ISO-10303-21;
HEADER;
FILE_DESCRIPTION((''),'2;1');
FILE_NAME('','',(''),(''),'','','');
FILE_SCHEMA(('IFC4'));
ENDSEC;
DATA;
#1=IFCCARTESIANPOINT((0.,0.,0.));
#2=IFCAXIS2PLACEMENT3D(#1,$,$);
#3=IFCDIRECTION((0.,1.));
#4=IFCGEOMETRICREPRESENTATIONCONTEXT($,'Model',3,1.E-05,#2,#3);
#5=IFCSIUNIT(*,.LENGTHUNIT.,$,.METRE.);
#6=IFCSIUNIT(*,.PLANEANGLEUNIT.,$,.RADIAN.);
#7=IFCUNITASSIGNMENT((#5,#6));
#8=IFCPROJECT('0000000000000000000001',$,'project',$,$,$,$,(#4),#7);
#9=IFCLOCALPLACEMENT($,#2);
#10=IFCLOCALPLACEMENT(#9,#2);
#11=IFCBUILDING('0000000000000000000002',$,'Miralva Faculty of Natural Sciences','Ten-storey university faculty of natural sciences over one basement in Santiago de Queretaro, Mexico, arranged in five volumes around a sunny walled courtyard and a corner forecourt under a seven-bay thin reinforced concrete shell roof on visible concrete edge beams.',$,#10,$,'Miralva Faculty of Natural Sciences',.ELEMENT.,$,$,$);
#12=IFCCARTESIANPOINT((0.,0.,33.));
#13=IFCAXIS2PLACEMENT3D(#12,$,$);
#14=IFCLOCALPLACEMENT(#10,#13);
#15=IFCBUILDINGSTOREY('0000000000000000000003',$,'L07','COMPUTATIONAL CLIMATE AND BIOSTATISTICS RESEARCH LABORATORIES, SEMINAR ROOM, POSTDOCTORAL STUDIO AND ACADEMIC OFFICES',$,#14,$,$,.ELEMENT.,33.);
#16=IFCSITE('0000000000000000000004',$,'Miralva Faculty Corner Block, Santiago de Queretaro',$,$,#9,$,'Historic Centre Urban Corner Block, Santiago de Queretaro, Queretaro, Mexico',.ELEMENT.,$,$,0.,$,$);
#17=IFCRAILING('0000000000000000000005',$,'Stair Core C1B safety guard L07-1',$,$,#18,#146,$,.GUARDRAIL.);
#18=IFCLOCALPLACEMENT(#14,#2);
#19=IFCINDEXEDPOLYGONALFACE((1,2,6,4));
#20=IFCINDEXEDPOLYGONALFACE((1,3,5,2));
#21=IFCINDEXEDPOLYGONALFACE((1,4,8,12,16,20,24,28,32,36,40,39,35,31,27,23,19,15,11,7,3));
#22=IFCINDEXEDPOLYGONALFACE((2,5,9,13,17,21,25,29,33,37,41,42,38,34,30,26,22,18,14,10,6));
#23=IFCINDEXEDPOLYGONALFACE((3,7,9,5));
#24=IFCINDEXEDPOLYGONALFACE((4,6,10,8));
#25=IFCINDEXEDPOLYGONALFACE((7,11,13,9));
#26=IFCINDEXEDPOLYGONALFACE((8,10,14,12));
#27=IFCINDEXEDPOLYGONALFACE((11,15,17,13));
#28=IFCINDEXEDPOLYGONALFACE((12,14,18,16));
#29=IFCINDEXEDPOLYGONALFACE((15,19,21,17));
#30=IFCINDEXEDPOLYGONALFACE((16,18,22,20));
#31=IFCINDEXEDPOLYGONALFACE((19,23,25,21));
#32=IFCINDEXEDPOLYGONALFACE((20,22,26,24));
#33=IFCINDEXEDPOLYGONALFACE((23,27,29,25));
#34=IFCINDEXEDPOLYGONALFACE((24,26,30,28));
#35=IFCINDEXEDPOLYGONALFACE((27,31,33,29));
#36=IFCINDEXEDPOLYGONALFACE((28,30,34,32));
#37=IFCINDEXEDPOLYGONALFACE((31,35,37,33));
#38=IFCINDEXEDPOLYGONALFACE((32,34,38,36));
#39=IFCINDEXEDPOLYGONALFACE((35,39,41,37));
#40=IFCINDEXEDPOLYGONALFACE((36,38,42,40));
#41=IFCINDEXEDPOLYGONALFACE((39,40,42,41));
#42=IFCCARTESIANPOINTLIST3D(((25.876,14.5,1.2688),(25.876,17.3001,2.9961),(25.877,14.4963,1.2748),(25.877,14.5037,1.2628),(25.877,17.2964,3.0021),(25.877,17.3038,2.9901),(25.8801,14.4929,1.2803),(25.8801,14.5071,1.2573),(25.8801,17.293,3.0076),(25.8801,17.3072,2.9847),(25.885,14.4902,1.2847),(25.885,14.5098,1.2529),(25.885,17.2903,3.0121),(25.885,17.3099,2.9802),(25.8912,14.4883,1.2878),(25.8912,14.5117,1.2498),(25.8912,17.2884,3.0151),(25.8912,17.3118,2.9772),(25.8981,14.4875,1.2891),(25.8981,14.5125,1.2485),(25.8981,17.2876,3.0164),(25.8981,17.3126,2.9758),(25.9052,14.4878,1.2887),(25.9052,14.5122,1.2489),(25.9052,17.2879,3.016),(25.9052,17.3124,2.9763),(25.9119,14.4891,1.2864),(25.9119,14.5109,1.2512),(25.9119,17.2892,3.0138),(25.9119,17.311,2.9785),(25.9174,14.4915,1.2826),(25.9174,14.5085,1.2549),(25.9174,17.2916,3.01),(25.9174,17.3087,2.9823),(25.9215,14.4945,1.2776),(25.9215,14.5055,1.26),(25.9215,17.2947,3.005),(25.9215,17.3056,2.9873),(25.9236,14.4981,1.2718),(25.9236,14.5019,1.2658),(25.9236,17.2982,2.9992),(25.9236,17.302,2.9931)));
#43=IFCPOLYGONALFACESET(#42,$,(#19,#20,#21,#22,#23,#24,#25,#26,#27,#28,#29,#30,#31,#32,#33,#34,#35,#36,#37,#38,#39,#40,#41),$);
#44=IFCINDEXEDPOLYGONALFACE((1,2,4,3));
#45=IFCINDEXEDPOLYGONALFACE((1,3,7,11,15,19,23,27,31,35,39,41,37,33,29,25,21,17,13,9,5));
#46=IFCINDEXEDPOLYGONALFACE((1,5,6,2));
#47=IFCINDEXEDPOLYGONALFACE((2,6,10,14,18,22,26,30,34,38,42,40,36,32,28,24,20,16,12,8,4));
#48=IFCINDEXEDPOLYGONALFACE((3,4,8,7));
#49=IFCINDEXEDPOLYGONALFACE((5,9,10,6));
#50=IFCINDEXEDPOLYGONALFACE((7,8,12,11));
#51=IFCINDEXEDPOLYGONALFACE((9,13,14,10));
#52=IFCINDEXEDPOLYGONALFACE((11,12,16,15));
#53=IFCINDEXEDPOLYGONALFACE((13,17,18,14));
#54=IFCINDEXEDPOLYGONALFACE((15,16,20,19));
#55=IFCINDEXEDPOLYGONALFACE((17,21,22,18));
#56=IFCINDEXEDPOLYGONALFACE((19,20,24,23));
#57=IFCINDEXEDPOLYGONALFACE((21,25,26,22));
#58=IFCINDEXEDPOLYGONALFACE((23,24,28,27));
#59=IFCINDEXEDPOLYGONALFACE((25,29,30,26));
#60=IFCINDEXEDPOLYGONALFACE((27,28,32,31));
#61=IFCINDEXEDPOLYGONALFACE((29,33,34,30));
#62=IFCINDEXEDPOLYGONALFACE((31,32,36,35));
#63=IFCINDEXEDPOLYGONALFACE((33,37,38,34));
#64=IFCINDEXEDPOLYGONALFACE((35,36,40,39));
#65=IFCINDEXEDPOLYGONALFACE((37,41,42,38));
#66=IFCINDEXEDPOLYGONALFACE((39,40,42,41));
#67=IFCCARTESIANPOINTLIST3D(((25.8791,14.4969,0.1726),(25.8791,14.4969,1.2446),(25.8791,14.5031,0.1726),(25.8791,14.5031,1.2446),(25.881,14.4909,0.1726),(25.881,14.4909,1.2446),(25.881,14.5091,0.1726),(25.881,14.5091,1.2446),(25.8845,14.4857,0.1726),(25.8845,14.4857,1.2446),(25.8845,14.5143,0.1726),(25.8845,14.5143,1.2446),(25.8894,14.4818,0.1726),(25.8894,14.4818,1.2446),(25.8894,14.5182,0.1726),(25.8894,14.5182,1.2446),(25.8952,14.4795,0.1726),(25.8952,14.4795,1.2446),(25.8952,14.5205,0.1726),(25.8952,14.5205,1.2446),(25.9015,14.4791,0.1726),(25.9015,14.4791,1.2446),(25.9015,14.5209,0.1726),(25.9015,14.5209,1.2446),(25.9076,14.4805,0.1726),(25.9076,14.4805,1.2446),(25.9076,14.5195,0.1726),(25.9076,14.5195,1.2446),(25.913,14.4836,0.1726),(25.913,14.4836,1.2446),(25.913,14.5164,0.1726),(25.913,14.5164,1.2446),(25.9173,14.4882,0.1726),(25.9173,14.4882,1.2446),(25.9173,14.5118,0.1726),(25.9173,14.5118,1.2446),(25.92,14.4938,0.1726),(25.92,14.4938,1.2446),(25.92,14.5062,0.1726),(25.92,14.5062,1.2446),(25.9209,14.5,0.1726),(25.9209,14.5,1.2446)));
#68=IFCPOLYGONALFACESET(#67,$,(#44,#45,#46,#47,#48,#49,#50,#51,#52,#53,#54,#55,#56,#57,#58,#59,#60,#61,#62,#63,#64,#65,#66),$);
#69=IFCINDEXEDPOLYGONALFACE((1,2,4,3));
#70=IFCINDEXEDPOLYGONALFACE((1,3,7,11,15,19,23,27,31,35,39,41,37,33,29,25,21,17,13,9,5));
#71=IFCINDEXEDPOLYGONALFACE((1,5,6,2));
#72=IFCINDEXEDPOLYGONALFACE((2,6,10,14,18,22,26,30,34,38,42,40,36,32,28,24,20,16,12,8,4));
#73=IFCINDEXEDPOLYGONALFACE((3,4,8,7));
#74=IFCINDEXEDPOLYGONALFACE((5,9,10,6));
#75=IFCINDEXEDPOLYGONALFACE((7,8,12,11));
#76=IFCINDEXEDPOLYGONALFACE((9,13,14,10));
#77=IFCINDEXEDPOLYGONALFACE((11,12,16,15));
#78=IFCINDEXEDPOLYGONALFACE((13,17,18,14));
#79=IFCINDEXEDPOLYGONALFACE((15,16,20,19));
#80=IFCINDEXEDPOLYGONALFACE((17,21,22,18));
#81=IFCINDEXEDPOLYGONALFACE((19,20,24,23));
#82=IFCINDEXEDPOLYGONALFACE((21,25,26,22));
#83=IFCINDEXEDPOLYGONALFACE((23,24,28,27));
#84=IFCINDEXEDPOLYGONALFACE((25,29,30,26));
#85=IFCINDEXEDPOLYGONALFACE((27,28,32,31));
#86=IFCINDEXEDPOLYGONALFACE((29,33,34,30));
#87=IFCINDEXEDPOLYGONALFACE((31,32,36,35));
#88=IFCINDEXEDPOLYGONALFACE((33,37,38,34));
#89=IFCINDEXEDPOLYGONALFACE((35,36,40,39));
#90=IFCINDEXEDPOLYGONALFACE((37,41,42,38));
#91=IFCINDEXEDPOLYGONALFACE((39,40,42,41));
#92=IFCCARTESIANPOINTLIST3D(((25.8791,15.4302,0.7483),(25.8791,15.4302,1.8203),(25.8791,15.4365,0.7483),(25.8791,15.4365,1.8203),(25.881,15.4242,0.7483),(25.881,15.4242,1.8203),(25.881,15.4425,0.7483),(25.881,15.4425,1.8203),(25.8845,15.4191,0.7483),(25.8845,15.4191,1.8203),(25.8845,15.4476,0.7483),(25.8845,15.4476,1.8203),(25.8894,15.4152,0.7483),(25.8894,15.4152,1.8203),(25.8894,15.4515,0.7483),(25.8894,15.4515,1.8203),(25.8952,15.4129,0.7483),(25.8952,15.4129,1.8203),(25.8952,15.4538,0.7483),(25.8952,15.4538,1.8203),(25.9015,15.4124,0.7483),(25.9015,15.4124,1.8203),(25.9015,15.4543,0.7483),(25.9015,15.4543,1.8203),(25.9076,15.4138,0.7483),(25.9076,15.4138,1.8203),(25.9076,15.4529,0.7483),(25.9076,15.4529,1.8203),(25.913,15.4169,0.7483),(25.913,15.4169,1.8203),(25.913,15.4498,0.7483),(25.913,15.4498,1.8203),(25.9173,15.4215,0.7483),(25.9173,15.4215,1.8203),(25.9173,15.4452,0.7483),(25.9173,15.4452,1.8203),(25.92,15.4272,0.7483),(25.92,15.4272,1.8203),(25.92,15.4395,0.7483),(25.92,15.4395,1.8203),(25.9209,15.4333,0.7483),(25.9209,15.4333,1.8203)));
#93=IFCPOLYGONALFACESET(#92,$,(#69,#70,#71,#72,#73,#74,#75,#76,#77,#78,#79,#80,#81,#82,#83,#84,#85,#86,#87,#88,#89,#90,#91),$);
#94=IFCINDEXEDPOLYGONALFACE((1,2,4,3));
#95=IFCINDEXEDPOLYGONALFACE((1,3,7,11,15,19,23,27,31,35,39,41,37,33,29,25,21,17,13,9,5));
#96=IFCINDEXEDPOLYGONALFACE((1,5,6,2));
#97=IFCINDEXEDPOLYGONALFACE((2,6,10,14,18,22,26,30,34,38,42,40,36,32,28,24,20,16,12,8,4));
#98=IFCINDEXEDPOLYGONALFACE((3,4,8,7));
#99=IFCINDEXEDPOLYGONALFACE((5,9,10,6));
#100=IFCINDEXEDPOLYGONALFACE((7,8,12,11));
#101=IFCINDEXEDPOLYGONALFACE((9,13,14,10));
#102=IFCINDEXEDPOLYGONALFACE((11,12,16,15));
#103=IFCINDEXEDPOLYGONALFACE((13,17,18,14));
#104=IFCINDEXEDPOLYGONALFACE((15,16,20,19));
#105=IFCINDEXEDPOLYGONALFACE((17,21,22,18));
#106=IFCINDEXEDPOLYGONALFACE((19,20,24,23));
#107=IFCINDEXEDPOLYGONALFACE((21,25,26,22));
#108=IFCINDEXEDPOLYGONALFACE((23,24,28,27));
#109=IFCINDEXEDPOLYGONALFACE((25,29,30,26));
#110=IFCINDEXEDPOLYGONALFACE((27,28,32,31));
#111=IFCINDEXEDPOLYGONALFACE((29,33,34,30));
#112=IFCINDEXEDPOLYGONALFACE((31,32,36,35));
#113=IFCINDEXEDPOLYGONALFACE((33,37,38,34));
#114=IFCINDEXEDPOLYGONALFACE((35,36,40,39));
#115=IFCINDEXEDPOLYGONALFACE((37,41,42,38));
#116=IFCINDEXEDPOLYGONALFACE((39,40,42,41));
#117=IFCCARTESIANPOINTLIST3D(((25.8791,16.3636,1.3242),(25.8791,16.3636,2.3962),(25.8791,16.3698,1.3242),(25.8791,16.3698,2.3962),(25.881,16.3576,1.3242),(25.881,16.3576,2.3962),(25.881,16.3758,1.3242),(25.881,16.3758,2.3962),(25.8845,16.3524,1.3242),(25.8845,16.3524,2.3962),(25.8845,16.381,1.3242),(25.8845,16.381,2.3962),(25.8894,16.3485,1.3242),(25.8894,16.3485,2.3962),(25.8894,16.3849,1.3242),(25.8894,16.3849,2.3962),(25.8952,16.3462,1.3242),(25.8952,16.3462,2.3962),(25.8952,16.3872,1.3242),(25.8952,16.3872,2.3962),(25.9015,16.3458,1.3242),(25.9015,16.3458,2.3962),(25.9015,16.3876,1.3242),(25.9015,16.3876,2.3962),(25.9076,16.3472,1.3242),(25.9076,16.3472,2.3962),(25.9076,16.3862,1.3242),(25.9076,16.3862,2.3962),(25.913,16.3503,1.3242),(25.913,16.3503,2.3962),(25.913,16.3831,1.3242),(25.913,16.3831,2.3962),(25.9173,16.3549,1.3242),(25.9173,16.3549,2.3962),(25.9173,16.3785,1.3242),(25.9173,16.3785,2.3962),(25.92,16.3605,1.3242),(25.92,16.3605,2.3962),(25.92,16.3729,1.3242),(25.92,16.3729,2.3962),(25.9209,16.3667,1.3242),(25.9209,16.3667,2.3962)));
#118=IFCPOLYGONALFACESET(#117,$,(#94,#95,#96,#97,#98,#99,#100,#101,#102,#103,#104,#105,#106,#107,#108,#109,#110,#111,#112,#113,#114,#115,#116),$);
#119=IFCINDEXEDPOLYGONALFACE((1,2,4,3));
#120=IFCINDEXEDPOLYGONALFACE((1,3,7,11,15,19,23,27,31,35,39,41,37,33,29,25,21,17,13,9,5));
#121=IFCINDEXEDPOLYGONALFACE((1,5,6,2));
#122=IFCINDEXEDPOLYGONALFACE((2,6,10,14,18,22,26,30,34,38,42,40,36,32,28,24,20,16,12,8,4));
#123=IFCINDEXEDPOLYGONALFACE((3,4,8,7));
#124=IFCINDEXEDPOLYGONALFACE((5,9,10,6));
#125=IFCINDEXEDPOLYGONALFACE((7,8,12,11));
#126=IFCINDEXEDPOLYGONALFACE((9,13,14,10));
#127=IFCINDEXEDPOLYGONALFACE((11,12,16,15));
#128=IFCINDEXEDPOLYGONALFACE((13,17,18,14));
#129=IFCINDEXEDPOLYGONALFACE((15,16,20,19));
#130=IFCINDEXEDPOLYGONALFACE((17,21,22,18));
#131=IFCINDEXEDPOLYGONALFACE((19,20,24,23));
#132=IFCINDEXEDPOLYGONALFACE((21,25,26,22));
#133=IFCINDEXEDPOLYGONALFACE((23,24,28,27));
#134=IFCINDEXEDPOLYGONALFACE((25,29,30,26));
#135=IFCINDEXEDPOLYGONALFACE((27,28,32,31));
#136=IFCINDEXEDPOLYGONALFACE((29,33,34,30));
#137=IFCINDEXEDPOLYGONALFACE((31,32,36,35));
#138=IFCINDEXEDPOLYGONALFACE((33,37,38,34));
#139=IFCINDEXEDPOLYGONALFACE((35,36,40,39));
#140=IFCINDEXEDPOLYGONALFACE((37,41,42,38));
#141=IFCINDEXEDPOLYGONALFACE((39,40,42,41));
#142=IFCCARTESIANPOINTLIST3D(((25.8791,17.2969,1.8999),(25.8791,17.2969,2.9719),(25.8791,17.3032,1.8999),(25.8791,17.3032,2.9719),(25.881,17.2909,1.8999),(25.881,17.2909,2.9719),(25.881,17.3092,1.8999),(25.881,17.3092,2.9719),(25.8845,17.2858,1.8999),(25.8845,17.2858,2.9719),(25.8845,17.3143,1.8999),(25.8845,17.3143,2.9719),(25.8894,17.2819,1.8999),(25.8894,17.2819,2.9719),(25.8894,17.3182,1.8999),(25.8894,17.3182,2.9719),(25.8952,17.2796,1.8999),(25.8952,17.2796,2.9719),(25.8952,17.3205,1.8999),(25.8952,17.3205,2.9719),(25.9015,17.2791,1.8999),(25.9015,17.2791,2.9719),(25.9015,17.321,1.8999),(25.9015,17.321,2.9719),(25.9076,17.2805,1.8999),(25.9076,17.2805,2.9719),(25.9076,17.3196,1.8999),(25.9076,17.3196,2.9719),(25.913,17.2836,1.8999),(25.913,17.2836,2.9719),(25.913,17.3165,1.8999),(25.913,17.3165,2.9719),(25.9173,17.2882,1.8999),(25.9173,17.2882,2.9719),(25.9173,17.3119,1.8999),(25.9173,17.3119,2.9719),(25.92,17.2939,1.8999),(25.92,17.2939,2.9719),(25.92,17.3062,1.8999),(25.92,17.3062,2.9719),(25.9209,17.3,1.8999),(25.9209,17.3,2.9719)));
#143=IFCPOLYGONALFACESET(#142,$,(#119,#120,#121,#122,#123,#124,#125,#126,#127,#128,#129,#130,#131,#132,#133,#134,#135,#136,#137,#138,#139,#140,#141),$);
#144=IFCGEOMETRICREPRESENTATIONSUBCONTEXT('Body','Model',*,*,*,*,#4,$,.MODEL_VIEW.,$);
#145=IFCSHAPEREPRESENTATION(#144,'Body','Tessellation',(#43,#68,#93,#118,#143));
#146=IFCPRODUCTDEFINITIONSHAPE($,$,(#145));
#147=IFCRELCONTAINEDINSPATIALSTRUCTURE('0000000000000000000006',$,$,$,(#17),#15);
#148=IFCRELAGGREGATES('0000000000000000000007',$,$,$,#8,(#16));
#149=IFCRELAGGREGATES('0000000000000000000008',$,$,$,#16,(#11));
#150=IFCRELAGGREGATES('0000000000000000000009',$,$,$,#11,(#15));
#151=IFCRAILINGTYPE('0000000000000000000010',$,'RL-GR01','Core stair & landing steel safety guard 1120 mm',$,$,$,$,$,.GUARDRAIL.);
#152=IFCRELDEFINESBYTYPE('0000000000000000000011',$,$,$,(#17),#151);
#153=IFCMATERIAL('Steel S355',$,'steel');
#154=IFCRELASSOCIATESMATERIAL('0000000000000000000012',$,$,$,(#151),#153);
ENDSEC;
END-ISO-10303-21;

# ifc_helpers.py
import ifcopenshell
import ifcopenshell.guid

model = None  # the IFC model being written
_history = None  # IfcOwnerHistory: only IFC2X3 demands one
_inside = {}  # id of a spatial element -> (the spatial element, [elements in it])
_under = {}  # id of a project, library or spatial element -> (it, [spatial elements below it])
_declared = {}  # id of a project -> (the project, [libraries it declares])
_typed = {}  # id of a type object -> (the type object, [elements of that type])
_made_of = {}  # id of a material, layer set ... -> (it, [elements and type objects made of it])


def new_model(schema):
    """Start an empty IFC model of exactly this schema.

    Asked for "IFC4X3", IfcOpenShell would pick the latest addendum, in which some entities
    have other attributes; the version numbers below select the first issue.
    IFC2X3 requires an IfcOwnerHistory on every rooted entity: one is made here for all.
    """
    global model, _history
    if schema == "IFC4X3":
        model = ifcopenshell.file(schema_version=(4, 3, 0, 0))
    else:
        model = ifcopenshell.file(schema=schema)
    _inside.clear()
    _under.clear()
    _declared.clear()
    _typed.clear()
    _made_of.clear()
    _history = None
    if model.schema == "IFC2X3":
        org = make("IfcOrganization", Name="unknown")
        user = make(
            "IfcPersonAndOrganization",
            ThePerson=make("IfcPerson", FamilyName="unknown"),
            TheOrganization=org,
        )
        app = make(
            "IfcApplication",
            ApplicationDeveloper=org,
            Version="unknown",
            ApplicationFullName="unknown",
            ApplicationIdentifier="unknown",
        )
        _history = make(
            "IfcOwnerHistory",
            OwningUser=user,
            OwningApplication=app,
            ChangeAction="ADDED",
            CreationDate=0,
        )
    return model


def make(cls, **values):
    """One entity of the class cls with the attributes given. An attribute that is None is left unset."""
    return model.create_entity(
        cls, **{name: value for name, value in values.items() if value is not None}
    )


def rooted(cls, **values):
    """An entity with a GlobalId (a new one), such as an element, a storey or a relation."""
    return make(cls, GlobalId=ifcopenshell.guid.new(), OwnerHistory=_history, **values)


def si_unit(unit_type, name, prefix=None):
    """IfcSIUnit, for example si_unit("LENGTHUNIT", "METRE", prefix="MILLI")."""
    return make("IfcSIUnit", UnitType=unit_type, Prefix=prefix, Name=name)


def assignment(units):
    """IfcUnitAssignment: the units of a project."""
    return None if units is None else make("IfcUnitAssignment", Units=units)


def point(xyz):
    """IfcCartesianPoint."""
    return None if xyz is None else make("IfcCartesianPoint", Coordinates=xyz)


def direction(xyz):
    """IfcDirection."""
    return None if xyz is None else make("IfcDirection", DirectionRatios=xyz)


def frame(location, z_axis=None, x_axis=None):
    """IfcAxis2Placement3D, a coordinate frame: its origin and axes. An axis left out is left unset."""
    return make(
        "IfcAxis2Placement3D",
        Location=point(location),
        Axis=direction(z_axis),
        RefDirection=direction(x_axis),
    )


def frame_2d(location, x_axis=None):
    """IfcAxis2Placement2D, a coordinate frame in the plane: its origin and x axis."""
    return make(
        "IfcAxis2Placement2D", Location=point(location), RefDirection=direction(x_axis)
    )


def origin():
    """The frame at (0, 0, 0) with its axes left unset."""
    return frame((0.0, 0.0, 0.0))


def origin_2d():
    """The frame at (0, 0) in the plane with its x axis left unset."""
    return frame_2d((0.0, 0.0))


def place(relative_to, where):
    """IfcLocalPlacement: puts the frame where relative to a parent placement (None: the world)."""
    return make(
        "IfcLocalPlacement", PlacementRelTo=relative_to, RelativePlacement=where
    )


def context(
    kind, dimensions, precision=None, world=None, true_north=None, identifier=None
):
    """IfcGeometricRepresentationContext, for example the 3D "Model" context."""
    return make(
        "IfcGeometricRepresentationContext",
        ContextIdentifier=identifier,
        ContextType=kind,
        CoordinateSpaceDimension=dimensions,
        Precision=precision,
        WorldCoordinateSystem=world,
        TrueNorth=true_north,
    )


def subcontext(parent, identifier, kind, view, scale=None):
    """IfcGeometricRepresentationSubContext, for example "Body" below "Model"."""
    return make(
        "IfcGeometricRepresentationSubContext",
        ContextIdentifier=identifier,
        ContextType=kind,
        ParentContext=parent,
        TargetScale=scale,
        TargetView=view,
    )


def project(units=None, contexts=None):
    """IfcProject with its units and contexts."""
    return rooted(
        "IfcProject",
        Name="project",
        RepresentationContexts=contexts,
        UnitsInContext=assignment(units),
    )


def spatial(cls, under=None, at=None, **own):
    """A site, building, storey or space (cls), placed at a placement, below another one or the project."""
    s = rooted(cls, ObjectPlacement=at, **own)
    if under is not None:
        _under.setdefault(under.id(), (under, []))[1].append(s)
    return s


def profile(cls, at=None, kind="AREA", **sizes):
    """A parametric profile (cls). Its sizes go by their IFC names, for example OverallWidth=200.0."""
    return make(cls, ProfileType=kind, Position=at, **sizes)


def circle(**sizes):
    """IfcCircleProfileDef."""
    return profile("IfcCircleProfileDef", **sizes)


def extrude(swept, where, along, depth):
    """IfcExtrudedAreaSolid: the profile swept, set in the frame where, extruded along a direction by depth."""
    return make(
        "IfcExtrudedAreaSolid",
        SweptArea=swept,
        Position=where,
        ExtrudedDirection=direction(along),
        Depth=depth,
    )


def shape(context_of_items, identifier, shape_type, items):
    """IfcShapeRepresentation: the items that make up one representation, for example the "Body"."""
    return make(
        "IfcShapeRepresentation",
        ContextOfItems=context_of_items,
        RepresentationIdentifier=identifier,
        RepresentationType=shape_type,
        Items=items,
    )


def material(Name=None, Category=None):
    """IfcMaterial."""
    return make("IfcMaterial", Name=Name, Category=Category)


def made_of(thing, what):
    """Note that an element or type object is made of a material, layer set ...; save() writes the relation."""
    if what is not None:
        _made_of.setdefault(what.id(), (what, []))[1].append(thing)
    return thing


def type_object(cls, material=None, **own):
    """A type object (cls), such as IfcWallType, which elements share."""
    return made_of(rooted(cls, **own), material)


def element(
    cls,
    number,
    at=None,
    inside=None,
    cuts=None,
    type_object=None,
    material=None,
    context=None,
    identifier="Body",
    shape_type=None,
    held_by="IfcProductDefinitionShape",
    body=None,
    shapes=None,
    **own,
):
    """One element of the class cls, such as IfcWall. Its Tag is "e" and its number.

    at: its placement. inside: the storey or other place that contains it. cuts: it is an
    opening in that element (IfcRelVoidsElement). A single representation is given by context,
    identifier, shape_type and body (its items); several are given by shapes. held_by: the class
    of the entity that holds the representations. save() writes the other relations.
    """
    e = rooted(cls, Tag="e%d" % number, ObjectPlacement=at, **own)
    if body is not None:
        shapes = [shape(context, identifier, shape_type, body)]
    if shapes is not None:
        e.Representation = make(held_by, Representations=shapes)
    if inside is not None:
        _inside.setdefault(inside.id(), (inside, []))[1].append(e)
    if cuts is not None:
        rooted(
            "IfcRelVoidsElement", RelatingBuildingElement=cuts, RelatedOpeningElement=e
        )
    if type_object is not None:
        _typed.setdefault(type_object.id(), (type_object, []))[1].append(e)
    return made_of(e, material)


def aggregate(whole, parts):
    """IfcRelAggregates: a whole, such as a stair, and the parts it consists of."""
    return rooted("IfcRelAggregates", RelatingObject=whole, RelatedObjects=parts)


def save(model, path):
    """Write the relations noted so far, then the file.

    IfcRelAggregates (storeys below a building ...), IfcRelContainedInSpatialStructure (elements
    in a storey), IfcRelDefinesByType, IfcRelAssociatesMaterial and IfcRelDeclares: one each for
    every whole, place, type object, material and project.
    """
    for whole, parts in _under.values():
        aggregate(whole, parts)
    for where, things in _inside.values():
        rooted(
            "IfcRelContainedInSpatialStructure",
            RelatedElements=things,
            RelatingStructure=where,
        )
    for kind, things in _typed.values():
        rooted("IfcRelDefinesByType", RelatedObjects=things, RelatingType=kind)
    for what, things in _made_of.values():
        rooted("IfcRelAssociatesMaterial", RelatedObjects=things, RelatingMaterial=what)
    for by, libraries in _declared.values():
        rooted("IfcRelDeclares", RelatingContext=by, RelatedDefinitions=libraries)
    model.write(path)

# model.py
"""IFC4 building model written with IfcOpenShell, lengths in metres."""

from ifc_helpers import new_model, si_unit, direction, frame, origin, origin_2d, place, context, subcontext, project, spatial, circle, extrude, material, type_object, element, save


model = new_model("IFC4")

# Units and contexts
model_context = context("Model", 3, precision=1e-05, world=origin(), true_north=direction((0.0, 1.0)))
body_context = subcontext(model_context, "Body", "Model", "MODEL_VIEW")
ifc_project = project(units=[si_unit("LENGTHUNIT", "METRE"), si_unit("PLANEANGLEUNIT", "RADIAN")], contexts=[model_context])

# Site, building, storey
site_placement = place(None, origin())
site = spatial("IfcSite", under=ifc_project, at=site_placement, Name="Miralva Faculty Corner Block, Santiago de Queretaro", LongName="Historic Centre Urban Corner Block, Santiago de Queretaro, Queretaro, Mexico", CompositionType="ELEMENT", RefElevation=0.0)
building_placement = place(site_placement, origin())
building = spatial("IfcBuilding", under=site, at=building_placement, Name="Miralva Faculty of Natural Sciences", Description="Ten-storey university faculty of natural sciences over one basement in Santiago de Queretaro, Mexico, arranged in five volumes around a sunny walled courtyard and a corner forecourt under a seven-bay thin reinforced concrete shell roof on visible concrete edge beams.", LongName="Miralva Faculty of Natural Sciences", CompositionType="ELEMENT")
storey_placement = place(building_placement, frame((0.0, 0.0, 33.0)))
storey = spatial("IfcBuildingStorey", under=building, at=storey_placement, Name="L07", Description="COMPUTATIONAL CLIMATE AND BIOSTATISTICS RESEARCH LABORATORIES, SEMINAR ROOM, POSTDOCTORAL STUDIO AND ACADEMIC OFFICES", CompositionType="ELEMENT", Elevation=33.0)

# Railing
ifc_material_1 = material(Name="Steel S355", Category="steel")
railing_type_1 = type_object("IfcRailingType", Name="RL-GR01", Description="Core stair & landing steel safety guard 1120 mm", PredefinedType="GUARDRAIL", material=ifc_material_1)
railing_1_placement = place(storey_placement, frame((25.8999, 14.5, 0.1726)))
element("IfcRailing", 1, at=railing_1_placement, inside=storey, type_object=railing_type_1, Name="Stair Core C1B safety guard L07-1", PredefinedType="GUARDRAIL", context=body_context, shape_type="SweptSolid", body=[
    extrude(circle(Radius=0.0239, at=origin_2d()), frame((0.0, 0.0, 1.0962), z_axis=(0.0, 0.85109, 0.52502), x_axis=(-1.0, 0.0, 0.0)), (0.0, 0.0, 1.0), 3.29),
    extrude(circle(Radius=0.021, at=origin_2d()), origin(), (0.0, 0.0, 1.0), 1.072),
    extrude(circle(Radius=0.021, at=origin_2d()), frame((0.0, 0.9333, 0.5757)), (0.0, 0.0, 1.0), 1.072),
    extrude(circle(Radius=0.021, at=origin_2d()), frame((0.0, 1.8667, 1.1516)), (0.0, 0.0, 1.0), 1.072),
    extrude(circle(Radius=0.021, at=origin_2d()), frame((0.0, 2.8, 1.7273)), (0.0, 0.0, 1.0), 1.072),
])

save(model, "model.ifc")
